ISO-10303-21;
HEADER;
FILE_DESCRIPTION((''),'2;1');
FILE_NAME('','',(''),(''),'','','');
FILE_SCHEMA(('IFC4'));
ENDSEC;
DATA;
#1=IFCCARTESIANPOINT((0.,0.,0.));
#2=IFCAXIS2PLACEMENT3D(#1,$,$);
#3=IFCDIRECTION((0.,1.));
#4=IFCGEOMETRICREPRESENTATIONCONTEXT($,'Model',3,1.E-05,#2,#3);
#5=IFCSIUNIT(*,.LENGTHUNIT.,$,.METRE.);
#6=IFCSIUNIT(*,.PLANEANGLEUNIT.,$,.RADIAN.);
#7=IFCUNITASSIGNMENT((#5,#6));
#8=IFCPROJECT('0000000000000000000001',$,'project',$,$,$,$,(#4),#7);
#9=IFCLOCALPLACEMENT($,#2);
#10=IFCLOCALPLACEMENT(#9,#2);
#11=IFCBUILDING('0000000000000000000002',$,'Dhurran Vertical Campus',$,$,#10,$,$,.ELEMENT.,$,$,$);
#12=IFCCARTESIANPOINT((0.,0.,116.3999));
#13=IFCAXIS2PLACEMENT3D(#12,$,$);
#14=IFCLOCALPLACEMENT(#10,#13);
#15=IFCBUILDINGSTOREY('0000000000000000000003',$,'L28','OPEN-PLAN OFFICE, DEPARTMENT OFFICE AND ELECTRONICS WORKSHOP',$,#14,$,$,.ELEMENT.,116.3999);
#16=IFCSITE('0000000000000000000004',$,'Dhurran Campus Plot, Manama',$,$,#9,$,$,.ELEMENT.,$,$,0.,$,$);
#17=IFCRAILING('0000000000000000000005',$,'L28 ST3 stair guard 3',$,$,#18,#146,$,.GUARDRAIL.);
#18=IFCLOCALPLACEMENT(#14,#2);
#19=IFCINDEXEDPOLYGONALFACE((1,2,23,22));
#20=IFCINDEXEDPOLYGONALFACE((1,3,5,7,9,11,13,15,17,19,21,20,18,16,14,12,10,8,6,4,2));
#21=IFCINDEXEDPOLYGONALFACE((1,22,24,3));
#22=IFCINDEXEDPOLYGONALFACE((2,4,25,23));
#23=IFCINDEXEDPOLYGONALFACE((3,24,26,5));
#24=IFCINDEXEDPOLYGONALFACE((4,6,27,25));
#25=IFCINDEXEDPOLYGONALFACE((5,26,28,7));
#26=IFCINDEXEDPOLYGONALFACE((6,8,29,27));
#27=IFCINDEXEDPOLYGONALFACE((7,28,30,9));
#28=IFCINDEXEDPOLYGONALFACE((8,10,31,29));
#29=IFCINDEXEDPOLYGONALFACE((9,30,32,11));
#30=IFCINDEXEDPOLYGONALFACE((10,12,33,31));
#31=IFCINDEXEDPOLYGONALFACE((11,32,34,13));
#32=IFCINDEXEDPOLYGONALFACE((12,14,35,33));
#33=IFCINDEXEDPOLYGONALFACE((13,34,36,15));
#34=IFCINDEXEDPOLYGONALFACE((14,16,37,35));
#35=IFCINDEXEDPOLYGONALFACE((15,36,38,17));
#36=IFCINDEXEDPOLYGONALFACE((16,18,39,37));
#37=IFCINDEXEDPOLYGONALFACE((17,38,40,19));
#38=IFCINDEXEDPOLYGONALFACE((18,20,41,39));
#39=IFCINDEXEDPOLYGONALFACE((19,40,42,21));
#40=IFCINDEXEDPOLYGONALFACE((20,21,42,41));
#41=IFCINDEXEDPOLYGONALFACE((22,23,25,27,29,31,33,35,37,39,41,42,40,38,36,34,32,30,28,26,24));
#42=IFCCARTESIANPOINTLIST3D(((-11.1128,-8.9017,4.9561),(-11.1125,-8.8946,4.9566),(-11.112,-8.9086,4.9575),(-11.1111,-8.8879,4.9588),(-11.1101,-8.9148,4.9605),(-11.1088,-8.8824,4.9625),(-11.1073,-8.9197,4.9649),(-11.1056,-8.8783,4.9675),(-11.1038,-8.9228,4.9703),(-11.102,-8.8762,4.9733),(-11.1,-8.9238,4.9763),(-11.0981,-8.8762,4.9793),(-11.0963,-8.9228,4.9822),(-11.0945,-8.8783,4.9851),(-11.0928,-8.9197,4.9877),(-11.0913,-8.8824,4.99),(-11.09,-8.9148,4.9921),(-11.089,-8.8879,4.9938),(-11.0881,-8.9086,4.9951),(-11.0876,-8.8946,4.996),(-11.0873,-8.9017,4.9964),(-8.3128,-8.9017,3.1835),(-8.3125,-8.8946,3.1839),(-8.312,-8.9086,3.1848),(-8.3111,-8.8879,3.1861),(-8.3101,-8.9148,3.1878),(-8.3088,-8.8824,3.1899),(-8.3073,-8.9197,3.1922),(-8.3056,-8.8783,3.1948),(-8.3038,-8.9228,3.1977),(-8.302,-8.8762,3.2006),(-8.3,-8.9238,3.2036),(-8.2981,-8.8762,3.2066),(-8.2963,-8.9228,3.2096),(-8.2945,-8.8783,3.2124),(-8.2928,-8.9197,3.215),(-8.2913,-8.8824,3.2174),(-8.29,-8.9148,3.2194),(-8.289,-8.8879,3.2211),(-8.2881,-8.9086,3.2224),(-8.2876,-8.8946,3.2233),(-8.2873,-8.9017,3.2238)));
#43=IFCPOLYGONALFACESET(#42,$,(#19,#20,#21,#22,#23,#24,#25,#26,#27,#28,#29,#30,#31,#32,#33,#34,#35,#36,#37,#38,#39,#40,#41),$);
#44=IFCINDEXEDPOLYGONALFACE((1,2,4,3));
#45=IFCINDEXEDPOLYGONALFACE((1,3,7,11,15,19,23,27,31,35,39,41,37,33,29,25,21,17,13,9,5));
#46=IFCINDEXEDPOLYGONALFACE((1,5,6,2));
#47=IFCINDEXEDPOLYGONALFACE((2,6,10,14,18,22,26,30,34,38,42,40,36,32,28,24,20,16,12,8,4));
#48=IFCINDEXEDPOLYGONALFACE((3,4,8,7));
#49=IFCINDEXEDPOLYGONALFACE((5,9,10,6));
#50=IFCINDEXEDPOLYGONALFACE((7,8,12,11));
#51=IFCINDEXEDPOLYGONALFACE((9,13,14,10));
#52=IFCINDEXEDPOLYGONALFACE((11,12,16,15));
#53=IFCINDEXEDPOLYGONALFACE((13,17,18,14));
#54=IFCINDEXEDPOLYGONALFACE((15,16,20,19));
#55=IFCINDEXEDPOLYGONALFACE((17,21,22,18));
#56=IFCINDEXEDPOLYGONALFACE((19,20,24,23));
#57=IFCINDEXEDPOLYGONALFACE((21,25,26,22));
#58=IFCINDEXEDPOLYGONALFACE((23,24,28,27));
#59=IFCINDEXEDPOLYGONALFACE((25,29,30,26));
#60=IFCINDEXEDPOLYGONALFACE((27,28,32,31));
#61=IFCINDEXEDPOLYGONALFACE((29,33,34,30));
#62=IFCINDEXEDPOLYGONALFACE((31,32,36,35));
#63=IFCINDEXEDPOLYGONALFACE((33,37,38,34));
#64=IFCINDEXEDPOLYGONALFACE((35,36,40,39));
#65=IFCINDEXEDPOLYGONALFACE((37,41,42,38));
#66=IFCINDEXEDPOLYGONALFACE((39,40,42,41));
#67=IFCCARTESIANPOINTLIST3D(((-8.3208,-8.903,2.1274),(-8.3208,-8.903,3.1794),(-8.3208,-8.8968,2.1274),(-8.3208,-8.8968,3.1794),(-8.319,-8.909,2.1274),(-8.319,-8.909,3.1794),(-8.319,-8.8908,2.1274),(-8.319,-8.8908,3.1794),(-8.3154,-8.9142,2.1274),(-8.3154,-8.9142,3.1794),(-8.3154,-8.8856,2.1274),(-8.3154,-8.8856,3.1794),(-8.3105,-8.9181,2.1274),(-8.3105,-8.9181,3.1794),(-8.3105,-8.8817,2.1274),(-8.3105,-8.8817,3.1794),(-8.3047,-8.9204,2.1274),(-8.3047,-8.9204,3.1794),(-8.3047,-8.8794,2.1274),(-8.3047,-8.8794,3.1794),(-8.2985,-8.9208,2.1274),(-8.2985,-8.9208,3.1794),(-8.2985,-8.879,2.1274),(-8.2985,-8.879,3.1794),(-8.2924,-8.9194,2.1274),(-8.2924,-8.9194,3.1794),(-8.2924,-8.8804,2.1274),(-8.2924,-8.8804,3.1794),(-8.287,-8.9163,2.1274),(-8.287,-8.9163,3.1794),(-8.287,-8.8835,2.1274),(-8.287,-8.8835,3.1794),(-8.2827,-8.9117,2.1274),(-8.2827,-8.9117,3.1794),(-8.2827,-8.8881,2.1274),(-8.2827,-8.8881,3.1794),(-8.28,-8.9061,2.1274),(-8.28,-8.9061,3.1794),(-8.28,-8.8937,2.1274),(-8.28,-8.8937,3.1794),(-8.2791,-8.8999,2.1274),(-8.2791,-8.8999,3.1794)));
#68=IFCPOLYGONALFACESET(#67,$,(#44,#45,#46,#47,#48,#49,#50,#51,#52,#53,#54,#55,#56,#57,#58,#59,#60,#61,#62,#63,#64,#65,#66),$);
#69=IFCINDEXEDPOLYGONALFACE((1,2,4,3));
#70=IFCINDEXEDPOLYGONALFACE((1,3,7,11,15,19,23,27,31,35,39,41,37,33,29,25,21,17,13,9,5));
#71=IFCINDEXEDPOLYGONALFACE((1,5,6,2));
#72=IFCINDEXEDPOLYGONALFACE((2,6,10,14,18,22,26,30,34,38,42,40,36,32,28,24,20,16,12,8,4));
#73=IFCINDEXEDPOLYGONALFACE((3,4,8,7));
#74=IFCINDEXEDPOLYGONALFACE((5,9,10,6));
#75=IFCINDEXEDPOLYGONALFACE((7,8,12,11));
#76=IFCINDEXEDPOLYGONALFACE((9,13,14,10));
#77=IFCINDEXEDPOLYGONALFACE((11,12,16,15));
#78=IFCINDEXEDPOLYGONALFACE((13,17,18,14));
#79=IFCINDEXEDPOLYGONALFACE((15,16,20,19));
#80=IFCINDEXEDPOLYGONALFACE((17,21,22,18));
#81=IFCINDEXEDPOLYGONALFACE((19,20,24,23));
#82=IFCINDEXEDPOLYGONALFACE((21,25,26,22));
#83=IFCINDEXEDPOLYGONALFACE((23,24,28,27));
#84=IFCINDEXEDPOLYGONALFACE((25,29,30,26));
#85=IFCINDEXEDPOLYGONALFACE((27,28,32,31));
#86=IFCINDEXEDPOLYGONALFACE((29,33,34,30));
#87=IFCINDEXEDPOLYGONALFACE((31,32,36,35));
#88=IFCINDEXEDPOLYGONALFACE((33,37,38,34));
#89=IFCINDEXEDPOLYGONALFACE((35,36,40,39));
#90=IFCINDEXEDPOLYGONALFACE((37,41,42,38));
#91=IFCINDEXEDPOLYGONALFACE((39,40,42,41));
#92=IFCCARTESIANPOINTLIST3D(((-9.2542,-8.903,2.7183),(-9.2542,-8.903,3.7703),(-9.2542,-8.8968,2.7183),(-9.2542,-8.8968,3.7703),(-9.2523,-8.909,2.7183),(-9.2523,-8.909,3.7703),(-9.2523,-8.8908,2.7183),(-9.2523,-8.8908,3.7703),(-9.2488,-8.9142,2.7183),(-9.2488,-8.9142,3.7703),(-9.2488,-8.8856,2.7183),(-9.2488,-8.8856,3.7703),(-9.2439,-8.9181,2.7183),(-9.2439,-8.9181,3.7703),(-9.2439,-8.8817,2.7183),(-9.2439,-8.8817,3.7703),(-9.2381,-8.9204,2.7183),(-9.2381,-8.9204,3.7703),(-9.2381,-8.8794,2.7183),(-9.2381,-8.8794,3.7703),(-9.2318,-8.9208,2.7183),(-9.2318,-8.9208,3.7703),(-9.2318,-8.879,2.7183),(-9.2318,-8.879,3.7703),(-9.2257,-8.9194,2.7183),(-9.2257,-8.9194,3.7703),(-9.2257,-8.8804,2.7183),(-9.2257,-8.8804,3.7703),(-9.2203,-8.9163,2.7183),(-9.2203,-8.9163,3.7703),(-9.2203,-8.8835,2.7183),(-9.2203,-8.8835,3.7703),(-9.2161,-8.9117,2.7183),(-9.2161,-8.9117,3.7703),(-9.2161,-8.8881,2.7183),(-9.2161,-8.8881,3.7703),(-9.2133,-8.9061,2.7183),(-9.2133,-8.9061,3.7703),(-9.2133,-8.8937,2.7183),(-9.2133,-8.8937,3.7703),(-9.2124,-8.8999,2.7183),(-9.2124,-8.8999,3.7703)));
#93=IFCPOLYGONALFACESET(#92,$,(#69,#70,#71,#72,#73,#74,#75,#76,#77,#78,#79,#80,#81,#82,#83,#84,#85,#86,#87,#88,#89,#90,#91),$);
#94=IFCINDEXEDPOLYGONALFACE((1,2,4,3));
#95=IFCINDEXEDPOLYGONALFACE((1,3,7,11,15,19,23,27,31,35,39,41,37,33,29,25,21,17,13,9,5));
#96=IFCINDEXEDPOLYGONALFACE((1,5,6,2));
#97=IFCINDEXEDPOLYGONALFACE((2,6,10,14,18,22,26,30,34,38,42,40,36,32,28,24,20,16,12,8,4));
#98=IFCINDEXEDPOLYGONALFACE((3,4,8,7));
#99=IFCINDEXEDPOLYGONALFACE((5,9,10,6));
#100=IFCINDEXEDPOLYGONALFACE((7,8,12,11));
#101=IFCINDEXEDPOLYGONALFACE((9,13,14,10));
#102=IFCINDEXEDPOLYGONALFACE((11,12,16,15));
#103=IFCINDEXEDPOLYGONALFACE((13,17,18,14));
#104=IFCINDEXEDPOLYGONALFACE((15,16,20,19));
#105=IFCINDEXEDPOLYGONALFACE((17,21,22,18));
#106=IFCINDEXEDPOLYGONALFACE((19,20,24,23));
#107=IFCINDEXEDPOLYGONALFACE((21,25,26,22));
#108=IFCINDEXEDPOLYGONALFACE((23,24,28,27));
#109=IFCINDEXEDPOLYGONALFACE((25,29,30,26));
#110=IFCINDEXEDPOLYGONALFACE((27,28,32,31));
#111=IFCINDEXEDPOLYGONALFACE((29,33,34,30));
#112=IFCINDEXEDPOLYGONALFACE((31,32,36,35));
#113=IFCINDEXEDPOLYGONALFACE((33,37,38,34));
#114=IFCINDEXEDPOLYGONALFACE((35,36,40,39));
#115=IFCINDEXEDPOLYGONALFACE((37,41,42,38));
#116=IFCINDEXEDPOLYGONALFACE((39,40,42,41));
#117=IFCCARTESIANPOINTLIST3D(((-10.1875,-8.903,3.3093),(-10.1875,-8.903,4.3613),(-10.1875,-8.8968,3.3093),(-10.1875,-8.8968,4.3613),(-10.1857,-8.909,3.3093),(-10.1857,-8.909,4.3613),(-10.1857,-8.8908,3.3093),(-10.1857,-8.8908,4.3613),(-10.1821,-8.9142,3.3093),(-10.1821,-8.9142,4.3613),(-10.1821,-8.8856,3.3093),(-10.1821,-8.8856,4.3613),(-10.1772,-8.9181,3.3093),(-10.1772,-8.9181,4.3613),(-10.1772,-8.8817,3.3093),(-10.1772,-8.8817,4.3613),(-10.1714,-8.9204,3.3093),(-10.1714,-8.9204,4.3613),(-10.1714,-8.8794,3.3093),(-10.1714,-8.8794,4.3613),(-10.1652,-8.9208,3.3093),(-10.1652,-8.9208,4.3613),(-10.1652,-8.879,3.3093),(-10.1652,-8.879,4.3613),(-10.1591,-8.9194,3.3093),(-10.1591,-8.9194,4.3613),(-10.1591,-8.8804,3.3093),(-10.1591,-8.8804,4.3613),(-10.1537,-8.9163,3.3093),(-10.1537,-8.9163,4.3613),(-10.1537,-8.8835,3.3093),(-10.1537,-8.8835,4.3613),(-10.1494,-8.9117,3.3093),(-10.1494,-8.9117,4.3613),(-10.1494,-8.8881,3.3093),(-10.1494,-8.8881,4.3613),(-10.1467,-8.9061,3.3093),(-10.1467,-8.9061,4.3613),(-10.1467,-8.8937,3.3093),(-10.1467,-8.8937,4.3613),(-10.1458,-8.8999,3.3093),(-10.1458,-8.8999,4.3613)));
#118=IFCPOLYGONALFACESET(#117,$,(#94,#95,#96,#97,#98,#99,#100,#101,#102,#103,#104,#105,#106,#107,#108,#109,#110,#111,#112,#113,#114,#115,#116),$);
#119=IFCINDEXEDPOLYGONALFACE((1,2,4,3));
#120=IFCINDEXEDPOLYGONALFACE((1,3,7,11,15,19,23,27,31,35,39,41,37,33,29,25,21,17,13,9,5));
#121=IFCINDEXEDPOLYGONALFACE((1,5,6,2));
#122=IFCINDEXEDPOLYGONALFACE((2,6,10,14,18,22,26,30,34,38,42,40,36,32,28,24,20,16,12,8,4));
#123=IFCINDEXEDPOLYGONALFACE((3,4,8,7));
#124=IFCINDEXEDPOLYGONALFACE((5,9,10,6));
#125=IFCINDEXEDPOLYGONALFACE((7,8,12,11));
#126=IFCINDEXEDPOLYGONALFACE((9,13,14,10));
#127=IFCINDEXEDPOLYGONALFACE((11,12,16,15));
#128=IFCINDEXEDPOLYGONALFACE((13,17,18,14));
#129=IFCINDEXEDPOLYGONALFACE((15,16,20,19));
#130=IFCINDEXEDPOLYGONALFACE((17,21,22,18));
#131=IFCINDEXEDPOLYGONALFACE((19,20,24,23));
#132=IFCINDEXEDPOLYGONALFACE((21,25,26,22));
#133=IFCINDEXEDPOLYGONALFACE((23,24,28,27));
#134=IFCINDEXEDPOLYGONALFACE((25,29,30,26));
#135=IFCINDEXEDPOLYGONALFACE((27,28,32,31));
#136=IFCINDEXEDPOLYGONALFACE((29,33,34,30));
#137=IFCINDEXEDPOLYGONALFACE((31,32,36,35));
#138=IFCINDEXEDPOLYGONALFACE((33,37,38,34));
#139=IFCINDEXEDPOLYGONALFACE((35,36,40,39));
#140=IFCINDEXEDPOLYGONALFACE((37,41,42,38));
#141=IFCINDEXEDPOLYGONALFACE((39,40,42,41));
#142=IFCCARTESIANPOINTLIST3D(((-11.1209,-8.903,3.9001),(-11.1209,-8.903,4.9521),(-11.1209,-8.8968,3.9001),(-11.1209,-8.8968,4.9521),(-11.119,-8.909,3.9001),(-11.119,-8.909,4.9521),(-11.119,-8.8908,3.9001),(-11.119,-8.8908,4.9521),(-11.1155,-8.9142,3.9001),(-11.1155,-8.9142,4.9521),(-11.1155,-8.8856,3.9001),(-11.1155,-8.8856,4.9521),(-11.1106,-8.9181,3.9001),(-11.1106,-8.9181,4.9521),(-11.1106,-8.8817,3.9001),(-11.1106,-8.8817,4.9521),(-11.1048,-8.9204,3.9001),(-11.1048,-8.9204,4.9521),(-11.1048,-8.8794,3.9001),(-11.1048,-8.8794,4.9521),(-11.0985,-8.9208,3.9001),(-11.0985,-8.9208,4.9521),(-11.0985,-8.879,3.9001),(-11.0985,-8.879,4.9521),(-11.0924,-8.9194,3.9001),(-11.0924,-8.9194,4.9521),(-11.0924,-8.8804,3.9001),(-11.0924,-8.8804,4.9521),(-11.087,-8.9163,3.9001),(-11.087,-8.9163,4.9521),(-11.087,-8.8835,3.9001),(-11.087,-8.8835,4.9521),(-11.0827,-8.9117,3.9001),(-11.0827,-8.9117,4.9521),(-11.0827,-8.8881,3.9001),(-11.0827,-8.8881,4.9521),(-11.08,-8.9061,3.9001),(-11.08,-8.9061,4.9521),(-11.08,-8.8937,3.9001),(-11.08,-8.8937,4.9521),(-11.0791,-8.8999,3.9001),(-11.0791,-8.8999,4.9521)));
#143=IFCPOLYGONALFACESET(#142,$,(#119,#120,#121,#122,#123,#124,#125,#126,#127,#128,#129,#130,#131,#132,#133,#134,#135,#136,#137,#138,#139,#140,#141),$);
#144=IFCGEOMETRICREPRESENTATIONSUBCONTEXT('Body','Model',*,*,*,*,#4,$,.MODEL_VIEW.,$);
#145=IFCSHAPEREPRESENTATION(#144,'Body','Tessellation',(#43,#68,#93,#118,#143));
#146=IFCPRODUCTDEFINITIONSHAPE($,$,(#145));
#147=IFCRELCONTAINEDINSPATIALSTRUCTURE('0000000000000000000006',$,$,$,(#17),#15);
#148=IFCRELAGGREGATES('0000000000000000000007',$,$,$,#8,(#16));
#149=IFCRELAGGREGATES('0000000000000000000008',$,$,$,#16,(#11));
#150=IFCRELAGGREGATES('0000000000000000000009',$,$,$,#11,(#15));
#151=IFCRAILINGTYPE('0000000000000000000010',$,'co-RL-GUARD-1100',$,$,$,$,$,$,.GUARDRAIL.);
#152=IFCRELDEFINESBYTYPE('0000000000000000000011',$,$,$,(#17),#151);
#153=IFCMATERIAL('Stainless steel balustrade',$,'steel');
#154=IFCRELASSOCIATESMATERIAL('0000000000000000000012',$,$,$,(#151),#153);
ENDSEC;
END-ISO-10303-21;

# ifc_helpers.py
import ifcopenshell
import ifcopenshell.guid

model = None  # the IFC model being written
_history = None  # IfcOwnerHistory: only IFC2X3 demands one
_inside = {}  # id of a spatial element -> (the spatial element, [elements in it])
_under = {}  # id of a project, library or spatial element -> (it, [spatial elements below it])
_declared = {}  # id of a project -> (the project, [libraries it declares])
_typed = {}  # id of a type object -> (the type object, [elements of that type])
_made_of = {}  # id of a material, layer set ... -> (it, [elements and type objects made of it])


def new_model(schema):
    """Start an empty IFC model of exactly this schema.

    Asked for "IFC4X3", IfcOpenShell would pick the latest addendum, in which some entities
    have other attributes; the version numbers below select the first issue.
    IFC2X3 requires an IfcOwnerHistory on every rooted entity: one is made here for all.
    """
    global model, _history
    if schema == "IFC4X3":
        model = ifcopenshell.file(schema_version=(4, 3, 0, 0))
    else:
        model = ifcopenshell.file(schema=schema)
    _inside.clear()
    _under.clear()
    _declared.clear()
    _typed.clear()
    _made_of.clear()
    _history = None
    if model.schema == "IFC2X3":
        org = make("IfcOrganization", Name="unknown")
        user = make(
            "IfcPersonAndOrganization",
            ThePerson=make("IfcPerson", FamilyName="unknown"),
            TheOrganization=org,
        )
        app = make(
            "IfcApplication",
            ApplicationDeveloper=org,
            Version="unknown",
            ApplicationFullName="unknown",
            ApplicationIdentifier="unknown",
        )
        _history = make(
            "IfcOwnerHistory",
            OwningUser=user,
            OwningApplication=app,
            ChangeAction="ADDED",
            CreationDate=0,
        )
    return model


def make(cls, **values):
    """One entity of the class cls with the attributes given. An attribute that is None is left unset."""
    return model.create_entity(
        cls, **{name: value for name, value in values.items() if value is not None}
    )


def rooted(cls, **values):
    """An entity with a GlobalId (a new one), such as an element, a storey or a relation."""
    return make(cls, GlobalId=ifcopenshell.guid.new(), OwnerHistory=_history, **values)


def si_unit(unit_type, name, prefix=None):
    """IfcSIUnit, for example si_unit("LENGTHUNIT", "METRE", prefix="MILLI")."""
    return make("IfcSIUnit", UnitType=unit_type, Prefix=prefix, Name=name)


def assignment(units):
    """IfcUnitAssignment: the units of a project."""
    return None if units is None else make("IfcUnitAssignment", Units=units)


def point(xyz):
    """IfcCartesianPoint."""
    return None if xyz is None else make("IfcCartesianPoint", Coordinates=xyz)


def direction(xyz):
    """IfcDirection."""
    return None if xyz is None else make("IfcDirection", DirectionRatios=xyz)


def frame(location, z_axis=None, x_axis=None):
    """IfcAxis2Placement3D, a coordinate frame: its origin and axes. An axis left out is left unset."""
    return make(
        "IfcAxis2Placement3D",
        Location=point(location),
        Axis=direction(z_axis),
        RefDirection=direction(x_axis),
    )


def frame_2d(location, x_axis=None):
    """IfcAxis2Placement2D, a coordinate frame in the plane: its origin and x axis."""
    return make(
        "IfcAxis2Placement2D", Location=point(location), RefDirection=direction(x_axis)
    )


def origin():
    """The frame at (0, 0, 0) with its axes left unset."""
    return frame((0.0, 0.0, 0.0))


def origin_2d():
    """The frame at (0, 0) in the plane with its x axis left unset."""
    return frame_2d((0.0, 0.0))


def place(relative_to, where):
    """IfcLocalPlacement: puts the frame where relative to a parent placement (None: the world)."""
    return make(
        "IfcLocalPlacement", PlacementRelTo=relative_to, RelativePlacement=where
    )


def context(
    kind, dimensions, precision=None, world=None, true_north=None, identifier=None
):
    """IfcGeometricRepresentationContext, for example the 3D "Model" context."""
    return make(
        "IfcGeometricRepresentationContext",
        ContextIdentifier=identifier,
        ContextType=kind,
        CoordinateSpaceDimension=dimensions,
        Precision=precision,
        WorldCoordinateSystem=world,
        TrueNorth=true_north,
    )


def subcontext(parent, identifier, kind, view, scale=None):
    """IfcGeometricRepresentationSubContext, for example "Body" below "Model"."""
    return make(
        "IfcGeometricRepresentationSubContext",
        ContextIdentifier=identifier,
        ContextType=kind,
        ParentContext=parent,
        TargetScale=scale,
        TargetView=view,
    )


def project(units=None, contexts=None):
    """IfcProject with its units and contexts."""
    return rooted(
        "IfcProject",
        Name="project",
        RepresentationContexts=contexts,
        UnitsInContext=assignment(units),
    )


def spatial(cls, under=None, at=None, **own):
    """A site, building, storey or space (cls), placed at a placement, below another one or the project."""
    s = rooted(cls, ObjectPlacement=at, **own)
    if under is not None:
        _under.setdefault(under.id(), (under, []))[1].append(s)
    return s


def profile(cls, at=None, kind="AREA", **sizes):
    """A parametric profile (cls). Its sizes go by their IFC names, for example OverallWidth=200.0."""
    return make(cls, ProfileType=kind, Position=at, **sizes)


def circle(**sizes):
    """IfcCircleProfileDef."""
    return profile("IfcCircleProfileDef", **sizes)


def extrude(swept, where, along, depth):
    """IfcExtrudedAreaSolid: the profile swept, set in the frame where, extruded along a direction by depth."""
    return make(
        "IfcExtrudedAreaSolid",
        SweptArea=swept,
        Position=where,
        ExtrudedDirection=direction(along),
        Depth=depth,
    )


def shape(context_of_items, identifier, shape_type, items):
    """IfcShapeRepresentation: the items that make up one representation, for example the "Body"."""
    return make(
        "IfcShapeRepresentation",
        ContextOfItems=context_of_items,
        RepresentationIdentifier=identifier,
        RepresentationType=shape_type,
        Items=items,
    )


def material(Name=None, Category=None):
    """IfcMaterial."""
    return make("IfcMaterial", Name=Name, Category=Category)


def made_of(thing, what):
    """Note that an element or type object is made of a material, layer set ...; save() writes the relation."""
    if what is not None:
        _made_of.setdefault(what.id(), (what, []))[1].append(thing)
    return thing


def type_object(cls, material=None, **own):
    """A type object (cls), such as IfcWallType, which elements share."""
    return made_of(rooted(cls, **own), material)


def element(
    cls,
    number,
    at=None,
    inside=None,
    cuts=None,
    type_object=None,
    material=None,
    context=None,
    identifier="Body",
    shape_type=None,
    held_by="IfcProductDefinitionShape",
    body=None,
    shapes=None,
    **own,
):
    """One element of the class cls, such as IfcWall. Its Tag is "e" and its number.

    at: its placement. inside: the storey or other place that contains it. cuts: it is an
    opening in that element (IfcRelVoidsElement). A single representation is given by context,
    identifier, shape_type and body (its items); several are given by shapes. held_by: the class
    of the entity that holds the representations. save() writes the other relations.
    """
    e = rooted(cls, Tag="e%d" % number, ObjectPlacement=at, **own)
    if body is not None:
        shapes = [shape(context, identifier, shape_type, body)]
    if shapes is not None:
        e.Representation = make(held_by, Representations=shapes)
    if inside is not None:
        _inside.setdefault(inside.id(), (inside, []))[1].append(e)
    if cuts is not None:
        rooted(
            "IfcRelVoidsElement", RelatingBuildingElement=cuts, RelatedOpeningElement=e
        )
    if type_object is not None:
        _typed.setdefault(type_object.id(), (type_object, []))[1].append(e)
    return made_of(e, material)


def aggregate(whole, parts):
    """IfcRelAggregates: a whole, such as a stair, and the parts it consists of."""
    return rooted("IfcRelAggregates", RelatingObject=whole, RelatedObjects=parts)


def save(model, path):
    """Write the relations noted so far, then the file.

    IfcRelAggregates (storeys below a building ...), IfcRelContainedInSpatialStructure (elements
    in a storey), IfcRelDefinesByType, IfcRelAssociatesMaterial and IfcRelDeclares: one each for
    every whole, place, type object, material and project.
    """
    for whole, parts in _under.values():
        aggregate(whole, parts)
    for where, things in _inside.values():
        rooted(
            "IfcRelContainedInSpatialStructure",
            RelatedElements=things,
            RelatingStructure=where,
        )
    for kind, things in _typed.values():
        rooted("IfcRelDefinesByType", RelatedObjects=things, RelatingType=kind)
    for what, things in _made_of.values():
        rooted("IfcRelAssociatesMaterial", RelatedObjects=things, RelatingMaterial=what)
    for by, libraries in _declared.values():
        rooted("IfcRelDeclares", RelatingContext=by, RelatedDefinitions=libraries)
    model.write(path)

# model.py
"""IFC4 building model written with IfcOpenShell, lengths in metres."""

from ifc_helpers import new_model, si_unit, direction, frame, origin, origin_2d, place, context, subcontext, project, spatial, circle, extrude, material, type_object, element, save


model = new_model("IFC4")

# Units and contexts
model_context = context("Model", 3, precision=1e-05, world=origin(), true_north=direction((0.0, 1.0)))
body_context = subcontext(model_context, "Body", "Model", "MODEL_VIEW")
ifc_project = project(units=[si_unit("LENGTHUNIT", "METRE"), si_unit("PLANEANGLEUNIT", "RADIAN")], contexts=[model_context])

# Site, building, storey
site_placement = place(None, origin())
site = spatial("IfcSite", under=ifc_project, at=site_placement, Name="Dhurran Campus Plot, Manama", CompositionType="ELEMENT", RefElevation=0.0)
building_placement = place(site_placement, origin())
building = spatial("IfcBuilding", under=site, at=building_placement, Name="Dhurran Vertical Campus", CompositionType="ELEMENT")
storey_placement = place(building_placement, frame((0.0, 0.0, 116.3999)))
storey = spatial("IfcBuildingStorey", under=building, at=storey_placement, Name="L28", Description="OPEN-PLAN OFFICE, DEPARTMENT OFFICE AND ELECTRONICS WORKSHOP", CompositionType="ELEMENT", Elevation=116.3999)

# Railing
ifc_material_1 = material(Name="Stainless steel balustrade", Category="steel")
railing_type_1 = type_object("IfcRailingType", Name="co-RL-GUARD-1100", PredefinedType="GUARDRAIL", material=ifc_material_1)
railing_1_placement = place(storey_placement, frame((-8.3, -8.8999, 2.1274)))
element("IfcRailing", 1, at=railing_1_placement, inside=storey, type_object=railing_type_1, Name="L28 ST3 stair guard 3", PredefinedType="GUARDRAIL", context=body_context, shape_type="SweptSolid", body=[
    extrude(circle(Radius=0.0239, at=origin_2d()), frame((0.0, 0.0, 1.0762), z_axis=(-0.844909, 0.0, 0.53491), x_axis=(0.0, -1.0, 0.0)), (0.0, 0.0, 1.0), 3.314),
    extrude(circle(Radius=0.021, at=origin_2d()), origin(), (0.0, 0.0, 1.0), 1.052),
    extrude(circle(Radius=0.021, at=origin_2d()), frame((-0.9333, 0.0, 0.5908)), (0.0, 0.0, 1.0), 1.052),
    extrude(circle(Radius=0.021, at=origin_2d()), frame((-1.8667, 0.0, 1.1819)), (0.0, 0.0, 1.0), 1.052),
    extrude(circle(Radius=0.021, at=origin_2d()), frame((-2.8, 0.0, 1.7727)), (0.0, 0.0, 1.0), 1.052),
])

save(model, "model.ifc")
